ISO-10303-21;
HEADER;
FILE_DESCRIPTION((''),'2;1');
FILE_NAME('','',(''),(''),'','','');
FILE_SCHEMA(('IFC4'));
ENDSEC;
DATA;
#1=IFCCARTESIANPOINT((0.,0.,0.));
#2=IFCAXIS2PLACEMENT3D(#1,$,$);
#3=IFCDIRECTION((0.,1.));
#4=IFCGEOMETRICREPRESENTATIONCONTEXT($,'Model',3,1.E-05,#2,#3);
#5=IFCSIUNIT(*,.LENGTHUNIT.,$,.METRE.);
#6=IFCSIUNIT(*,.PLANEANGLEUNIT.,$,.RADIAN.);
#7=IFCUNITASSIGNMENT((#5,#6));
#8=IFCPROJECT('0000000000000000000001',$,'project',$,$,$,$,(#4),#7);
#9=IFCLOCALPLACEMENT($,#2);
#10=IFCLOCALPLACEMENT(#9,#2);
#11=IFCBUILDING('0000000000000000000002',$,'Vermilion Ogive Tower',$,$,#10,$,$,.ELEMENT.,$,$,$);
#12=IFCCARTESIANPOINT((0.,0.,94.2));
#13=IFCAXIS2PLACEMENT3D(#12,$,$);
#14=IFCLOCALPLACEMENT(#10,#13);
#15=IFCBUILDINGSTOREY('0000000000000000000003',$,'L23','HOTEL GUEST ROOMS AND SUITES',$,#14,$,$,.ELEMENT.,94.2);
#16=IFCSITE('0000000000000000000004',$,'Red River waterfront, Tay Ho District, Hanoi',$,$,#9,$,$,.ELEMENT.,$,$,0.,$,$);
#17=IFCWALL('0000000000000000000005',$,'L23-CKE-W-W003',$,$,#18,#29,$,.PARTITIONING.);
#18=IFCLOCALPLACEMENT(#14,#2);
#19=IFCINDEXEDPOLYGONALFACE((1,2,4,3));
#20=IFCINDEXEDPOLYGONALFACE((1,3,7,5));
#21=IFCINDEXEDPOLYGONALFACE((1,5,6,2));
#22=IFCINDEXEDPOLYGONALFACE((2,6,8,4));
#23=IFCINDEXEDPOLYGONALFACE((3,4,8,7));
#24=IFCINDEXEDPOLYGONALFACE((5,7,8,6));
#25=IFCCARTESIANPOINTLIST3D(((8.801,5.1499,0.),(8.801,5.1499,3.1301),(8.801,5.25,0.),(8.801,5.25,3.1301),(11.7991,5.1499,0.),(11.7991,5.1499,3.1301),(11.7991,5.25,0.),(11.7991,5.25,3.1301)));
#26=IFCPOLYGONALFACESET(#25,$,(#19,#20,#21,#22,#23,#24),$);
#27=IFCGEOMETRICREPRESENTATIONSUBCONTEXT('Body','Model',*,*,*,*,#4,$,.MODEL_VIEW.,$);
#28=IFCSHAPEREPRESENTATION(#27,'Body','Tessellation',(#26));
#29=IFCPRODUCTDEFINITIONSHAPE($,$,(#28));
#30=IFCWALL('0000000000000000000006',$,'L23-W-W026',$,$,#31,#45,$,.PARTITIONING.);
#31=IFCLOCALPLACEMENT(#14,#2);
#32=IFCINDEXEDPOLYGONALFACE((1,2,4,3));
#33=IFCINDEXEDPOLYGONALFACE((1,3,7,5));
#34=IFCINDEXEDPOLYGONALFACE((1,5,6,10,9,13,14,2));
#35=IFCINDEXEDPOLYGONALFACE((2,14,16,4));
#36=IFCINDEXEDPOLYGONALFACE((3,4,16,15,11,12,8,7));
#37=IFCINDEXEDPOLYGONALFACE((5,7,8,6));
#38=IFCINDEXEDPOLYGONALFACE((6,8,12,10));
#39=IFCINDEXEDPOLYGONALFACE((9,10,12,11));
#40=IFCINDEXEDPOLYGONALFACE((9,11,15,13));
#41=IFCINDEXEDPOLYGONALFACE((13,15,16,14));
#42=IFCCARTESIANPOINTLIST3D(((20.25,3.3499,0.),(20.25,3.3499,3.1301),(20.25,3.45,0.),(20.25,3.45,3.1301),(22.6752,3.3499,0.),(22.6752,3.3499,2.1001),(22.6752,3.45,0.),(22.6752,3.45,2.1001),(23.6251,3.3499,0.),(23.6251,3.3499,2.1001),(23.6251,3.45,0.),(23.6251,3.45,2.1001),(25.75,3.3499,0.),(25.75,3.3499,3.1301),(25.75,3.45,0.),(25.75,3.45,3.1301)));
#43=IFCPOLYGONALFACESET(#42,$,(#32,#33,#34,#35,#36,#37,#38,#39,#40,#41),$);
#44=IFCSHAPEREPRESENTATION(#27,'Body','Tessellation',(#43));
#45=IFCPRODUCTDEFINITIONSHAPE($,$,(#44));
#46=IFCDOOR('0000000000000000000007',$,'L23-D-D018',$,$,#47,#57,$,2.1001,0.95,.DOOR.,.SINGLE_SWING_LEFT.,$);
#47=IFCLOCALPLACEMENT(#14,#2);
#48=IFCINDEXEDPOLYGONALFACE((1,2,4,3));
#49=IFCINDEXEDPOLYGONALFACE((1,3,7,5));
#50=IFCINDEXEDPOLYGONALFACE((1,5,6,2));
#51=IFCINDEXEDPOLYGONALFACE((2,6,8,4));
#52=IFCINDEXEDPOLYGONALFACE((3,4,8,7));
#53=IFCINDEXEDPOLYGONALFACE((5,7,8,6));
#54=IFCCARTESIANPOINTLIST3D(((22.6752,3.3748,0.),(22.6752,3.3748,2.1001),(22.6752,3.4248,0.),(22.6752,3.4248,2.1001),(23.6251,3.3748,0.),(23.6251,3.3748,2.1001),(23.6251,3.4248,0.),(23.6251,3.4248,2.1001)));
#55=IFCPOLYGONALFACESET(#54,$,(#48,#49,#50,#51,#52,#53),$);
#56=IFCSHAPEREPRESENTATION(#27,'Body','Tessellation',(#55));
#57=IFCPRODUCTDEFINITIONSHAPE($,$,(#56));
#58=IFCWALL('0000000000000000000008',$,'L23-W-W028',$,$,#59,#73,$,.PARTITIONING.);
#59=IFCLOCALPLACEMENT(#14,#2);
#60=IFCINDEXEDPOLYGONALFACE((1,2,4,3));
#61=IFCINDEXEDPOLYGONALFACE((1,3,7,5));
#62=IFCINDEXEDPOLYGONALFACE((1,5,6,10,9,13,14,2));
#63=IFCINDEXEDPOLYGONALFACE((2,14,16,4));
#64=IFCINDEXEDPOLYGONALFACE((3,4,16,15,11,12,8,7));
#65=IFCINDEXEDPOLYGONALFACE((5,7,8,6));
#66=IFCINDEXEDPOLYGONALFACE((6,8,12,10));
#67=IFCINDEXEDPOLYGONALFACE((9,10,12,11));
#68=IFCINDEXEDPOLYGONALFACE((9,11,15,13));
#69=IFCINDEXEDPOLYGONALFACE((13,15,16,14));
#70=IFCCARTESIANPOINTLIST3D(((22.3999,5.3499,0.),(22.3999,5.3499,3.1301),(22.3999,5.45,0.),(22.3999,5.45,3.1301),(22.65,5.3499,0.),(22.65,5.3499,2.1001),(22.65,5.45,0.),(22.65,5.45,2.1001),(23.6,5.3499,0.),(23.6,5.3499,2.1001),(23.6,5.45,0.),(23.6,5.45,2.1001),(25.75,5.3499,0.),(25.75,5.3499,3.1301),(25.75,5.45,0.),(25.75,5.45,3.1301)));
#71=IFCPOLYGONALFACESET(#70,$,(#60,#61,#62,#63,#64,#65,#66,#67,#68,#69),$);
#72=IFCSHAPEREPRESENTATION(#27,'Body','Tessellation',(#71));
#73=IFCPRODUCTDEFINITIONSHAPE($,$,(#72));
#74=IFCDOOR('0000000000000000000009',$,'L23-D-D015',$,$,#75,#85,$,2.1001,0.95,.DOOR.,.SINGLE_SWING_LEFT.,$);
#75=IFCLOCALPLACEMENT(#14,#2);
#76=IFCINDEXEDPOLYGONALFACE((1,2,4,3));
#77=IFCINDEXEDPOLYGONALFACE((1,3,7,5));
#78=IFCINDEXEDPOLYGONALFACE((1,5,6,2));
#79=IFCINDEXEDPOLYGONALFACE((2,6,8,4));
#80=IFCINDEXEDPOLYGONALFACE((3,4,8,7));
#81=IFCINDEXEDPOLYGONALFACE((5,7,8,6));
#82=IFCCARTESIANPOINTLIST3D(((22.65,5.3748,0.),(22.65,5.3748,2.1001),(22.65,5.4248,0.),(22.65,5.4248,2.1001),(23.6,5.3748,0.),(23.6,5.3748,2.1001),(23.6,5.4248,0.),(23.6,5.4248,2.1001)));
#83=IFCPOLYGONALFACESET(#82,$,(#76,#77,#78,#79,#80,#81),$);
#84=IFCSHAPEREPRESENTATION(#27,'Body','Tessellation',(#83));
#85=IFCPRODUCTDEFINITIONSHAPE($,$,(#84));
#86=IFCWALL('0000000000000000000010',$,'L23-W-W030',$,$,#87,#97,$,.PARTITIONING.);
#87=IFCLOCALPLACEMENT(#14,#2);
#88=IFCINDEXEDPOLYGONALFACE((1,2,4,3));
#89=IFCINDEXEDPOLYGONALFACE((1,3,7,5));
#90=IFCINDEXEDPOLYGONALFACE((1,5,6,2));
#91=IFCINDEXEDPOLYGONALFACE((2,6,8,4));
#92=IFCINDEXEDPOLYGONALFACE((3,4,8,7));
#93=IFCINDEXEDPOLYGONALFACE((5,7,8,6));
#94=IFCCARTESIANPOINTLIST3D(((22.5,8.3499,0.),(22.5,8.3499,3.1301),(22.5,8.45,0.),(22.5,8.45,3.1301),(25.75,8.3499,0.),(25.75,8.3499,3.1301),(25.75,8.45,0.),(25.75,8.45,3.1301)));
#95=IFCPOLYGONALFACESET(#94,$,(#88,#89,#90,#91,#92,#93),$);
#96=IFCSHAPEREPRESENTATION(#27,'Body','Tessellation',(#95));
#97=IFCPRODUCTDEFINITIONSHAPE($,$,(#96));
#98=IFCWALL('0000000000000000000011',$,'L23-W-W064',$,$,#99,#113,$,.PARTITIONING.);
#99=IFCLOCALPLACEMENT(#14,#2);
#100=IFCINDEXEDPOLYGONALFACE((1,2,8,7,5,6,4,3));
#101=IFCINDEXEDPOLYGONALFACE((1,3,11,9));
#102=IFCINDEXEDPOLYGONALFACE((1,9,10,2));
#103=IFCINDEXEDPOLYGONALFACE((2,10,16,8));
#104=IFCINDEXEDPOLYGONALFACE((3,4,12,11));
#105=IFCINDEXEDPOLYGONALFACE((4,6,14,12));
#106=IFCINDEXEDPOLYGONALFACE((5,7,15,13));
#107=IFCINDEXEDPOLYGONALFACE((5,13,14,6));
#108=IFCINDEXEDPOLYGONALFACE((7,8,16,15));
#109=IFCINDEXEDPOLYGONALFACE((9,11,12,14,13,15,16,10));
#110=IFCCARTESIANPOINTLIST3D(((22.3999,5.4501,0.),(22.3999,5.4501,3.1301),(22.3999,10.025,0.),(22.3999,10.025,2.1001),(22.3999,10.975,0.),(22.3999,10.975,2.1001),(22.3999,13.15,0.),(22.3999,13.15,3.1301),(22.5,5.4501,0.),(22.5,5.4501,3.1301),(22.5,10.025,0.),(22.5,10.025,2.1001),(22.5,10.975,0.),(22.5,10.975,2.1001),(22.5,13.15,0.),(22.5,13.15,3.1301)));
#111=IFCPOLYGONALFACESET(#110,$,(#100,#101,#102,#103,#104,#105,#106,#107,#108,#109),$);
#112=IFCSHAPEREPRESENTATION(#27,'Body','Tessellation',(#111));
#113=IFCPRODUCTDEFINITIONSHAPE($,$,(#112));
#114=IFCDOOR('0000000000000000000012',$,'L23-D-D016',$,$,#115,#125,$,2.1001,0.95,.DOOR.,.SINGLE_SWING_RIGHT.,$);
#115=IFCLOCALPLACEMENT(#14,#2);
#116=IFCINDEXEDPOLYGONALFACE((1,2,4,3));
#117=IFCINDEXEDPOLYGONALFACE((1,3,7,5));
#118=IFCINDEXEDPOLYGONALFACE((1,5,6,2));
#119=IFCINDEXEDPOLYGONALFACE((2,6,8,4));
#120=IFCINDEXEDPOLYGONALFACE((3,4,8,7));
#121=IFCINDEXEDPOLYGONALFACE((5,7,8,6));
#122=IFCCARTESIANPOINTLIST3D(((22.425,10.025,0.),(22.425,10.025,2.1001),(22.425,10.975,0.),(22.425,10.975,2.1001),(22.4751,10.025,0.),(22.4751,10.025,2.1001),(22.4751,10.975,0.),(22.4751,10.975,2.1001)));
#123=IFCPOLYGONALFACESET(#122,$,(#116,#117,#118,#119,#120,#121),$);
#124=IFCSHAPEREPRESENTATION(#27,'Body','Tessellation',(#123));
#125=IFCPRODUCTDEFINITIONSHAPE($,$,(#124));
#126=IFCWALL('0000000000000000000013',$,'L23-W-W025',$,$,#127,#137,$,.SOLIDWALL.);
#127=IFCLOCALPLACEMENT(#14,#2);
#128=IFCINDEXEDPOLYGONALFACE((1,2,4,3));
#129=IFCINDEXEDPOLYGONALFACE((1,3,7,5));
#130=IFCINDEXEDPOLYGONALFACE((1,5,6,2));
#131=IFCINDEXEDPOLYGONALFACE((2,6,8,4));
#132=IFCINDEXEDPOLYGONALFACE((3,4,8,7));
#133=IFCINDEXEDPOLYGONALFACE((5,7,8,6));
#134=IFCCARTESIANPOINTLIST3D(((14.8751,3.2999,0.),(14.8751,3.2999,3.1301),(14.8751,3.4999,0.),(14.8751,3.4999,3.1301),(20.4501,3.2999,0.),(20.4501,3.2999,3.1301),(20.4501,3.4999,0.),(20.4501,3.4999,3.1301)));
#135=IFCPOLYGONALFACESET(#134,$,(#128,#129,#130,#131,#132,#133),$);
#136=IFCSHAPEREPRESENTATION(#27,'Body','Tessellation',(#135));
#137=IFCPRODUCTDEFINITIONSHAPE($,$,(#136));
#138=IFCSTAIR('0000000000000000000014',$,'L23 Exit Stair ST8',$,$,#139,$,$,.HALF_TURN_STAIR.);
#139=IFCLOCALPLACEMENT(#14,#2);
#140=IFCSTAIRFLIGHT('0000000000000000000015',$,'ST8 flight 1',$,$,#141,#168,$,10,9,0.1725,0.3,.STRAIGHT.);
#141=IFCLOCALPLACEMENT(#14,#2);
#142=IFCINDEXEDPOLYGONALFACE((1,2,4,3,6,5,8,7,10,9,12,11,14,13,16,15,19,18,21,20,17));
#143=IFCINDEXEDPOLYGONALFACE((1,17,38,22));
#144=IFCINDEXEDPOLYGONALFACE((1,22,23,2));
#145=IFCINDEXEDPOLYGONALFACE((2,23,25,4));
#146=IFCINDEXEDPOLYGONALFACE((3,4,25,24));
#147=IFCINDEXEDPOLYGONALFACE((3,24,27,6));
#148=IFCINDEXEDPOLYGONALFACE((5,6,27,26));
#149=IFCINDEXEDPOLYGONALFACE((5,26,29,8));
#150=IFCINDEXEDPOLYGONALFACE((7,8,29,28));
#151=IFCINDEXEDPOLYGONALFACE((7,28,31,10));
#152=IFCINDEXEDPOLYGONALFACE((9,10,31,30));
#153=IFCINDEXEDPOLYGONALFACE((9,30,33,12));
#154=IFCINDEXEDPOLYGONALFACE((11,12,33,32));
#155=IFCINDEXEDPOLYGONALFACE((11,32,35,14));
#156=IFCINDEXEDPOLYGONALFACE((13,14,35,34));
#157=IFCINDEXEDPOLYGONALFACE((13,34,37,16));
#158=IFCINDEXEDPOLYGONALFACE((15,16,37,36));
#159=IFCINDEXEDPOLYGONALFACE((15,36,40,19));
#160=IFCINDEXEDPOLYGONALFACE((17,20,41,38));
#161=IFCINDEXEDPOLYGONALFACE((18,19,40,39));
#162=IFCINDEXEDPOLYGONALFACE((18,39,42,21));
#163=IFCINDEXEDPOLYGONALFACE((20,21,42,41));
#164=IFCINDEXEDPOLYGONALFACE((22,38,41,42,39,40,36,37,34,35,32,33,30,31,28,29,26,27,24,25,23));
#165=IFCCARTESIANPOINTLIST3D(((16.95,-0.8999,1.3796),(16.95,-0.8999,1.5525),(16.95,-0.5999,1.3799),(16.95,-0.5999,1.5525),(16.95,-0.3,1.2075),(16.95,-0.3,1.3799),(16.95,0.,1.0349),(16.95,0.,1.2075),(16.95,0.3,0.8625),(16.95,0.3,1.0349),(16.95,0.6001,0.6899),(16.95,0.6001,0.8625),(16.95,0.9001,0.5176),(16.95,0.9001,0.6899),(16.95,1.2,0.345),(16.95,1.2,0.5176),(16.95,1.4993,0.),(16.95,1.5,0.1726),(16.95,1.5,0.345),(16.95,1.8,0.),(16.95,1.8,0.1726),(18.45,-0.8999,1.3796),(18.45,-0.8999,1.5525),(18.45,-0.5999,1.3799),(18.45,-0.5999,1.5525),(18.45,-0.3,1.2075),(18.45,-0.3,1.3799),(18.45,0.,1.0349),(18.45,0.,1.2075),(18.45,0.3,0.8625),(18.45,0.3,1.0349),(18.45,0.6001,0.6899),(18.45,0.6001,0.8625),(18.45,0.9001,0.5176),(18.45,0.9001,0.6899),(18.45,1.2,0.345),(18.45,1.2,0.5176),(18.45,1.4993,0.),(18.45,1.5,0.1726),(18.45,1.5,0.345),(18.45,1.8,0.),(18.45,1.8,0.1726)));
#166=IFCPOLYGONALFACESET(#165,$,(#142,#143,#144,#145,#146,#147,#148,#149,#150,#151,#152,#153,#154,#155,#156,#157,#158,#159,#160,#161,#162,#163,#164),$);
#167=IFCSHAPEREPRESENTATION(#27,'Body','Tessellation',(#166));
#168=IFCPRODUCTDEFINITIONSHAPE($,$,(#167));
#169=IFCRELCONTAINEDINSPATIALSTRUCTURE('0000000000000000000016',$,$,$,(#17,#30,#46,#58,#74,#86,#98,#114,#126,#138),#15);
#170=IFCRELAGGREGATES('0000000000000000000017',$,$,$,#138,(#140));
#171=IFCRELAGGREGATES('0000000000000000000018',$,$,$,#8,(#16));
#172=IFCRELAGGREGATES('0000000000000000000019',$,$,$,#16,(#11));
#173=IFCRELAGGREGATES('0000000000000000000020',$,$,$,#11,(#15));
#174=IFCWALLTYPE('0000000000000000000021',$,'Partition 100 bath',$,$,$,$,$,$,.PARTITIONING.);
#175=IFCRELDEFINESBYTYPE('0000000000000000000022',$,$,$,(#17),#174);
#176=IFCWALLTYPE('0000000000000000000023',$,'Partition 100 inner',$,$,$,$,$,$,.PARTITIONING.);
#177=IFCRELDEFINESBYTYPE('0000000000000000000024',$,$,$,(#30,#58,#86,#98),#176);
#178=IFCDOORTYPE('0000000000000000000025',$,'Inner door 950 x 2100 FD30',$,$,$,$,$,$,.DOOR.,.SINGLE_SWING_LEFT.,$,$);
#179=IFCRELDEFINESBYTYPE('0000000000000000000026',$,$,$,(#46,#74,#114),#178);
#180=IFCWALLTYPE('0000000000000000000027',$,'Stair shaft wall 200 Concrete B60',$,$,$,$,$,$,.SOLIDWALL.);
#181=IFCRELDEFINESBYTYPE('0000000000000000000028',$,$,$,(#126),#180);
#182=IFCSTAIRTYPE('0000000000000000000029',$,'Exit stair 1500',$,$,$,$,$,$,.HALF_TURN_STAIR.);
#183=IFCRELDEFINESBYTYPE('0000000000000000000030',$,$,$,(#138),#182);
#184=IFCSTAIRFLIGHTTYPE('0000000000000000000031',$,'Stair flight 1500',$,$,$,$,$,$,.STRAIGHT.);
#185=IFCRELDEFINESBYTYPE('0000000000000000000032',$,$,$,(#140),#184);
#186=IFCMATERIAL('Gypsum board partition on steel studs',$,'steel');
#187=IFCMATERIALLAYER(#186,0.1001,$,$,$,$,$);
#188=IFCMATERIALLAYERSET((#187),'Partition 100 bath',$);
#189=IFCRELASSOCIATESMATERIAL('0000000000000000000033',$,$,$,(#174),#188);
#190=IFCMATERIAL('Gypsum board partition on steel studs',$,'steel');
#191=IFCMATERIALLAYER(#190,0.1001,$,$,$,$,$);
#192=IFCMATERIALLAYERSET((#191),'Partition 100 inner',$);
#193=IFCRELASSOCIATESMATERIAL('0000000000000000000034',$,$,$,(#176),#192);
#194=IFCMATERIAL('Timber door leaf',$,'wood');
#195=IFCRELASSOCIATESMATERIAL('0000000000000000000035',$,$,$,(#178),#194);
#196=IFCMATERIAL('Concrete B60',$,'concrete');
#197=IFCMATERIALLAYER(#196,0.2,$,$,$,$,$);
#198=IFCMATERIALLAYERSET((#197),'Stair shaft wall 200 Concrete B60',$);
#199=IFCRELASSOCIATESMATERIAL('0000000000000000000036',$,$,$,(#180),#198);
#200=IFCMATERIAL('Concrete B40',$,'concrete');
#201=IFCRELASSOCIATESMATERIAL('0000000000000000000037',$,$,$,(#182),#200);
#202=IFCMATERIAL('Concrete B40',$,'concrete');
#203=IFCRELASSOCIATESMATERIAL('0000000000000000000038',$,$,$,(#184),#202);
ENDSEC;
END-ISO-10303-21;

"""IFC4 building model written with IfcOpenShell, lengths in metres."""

from ifc_helpers import new_model, si_unit, direction, frame, frame_2d, origin, place, context, subcontext, project, spatial, polyline, rectangle, outline, extrude, material, layer, layer_set, type_object, element, fill, aggregate, save


model = new_model("IFC4")

# Units and contexts
model_context = context("Model", 3, precision=1e-05, world=origin(), true_north=direction((0.0, 1.0)))
body_context = subcontext(model_context, "Body", "Model", "MODEL_VIEW")
ifc_project = project(units=[si_unit("LENGTHUNIT", "METRE"), si_unit("PLANEANGLEUNIT", "RADIAN")], contexts=[model_context])

# Site, building, storey
site_placement = place(None, origin())
site = spatial("IfcSite", under=ifc_project, at=site_placement, Name="Red River waterfront, Tay Ho District, Hanoi", CompositionType="ELEMENT", RefElevation=0.0)
building_placement = place(site_placement, origin())
building = spatial("IfcBuilding", under=site, at=building_placement, Name="Vermilion Ogive Tower", CompositionType="ELEMENT")
storey_placement = place(building_placement, frame((0.0, 0.0, 94.2)))
storey = spatial("IfcBuildingStorey", under=building, at=storey_placement, Name="L23", Description="HOTEL GUEST ROOMS AND SUITES", CompositionType="ELEMENT", Elevation=94.2)

# Wall
ifc_material_1 = material(Name="Gypsum board partition on steel studs", Category="steel")
ifc_layer_1 = layer(ifc_material_1, 0.1001)
ifc_layer_set_1 = layer_set([ifc_layer_1], Name="Partition 100 bath")
wall_type_1 = type_object("IfcWallType", Name="Partition 100 bath", PredefinedType="PARTITIONING", material=ifc_layer_set_1)
wall_1_placement = place(storey_placement, frame((8.801, 5.2, 0.0), z_axis=(0.0, 0.0, 1.0), x_axis=(1.0, 0.0, 0.0)))
element("IfcWall", 1, at=wall_1_placement, inside=storey, type_object=wall_type_1, Name="L23-CKE-W-W003", PredefinedType="PARTITIONING", context=body_context, shape_type="SweptSolid", body=[
    extrude(rectangle(XDim=2.998, YDim=0.1001, at=frame_2d((1.499, 0.0))), origin(), (0.0, 0.0, 1.0), 3.1301),
])

# Walls, openings, doors
ifc_material_2 = material(Name="Gypsum board partition on steel studs", Category="steel")
ifc_layer_2 = layer(ifc_material_2, 0.1001)
ifc_layer_set_2 = layer_set([ifc_layer_2], Name="Partition 100 inner")
wall_type_2 = type_object("IfcWallType", Name="Partition 100 inner", PredefinedType="PARTITIONING", material=ifc_layer_set_2)
wall_2_placement = place(storey_placement, frame((20.25, 3.3999, 0.0), z_axis=(0.0, 0.0, 1.0), x_axis=(1.0, 0.0, 0.0)))
wall_2 = element("IfcWall", 2, at=wall_2_placement, inside=storey, type_object=wall_type_2, Name="L23-W-W026", PredefinedType="PARTITIONING", context=body_context, shape_type="SweptSolid", body=[
    extrude(rectangle(XDim=5.5, YDim=0.1001, at=frame_2d((2.75, 0.0))), origin(), (0.0, 0.0, 1.0), 3.1301),
])
opening_1_placement = place(wall_2_placement, frame((2.425, 0.0, 0.0)))
opening_1 = element("IfcOpeningElement", 3, at=opening_1_placement, cuts=wall_2, PredefinedType="OPENING", context=body_context, shape_type="SweptSolid", body=[
    extrude(rectangle(XDim=0.95, YDim=2.1001, at=frame_2d((0.4751, 1.05))), frame((0.0, 0.0601, 0.0), z_axis=(0.0, -1.0, 0.0), x_axis=(1.0, 0.0, 0.0)), (0.0, 0.0, 1.0), 0.1201),
])
ifc_material_3 = material(Name="Timber door leaf", Category="wood")
door_type = type_object("IfcDoorType", Name="Inner door 950 x 2100 FD30", OperationType="SINGLE_SWING_LEFT", PredefinedType="DOOR", material=ifc_material_3)
door_1_placement = place(opening_1_placement, origin())
door_1 = element("IfcDoor", 4, at=door_1_placement, inside=storey, type_object=door_type, Name="L23-D-D018", OperationType="SINGLE_SWING_LEFT", OverallHeight=2.1001, OverallWidth=0.95, PredefinedType="DOOR", context=body_context, shape_type="SweptSolid", body=[
    extrude(rectangle(XDim=0.95, YDim=2.1001, at=frame_2d((0.4751, 1.05))), frame((0.0, 0.0249, 0.0), z_axis=(0.0, -1.0, 0.0), x_axis=(1.0, 0.0, 0.0)), (0.0, 0.0, 1.0), 0.05),
])
fill(opening_1, door_1)
wall_3_placement = place(storey_placement, frame((22.3999, 5.3999, 0.0), z_axis=(0.0, 0.0, 1.0), x_axis=(1.0, 0.0, 0.0)))
wall_3 = element("IfcWall", 5, at=wall_3_placement, inside=storey, type_object=wall_type_2, Name="L23-W-W028", PredefinedType="PARTITIONING", context=body_context, shape_type="SweptSolid", body=[
    extrude(rectangle(XDim=3.3501, YDim=0.1001, at=frame_2d((1.675, 0.0))), origin(), (0.0, 0.0, 1.0), 3.1301),
])
opening_2_placement = place(wall_3_placement, frame((0.25, 0.0, 0.0)))
opening_2 = element("IfcOpeningElement", 6, at=opening_2_placement, cuts=wall_3, PredefinedType="OPENING", context=body_context, shape_type="SweptSolid", body=[
    extrude(rectangle(XDim=0.95, YDim=2.1001, at=frame_2d((0.4751, 1.05))), frame((0.0, 0.0601, 0.0), z_axis=(0.0, -1.0, 0.0), x_axis=(1.0, 0.0, 0.0)), (0.0, 0.0, 1.0), 0.1201),
])
door_2_placement = place(opening_2_placement, origin())
door_2 = element("IfcDoor", 7, at=door_2_placement, inside=storey, type_object=door_type, Name="L23-D-D015", OperationType="SINGLE_SWING_LEFT", OverallHeight=2.1001, OverallWidth=0.95, PredefinedType="DOOR", context=body_context, shape_type="SweptSolid", body=[
    extrude(rectangle(XDim=0.95, YDim=2.1001, at=frame_2d((0.4751, 1.05))), frame((0.0, 0.0249, 0.0), z_axis=(0.0, -1.0, 0.0), x_axis=(1.0, 0.0, 0.0)), (0.0, 0.0, 1.0), 0.05),
])
fill(opening_2, door_2)

# Wall
wall_4_placement = place(storey_placement, frame((22.5, 8.3999, 0.0), z_axis=(0.0, 0.0, 1.0), x_axis=(1.0, 0.0, 0.0)))
element("IfcWall", 8, at=wall_4_placement, inside=storey, type_object=wall_type_2, Name="L23-W-W030", PredefinedType="PARTITIONING", context=body_context, shape_type="SweptSolid", body=[
    extrude(rectangle(XDim=3.25, YDim=0.1001, at=frame_2d((1.625, 0.0))), origin(), (0.0, 0.0, 1.0), 3.1301),
])

# Wall, opening, door
wall_5_placement = place(storey_placement, frame((22.45, 5.45, 0.0), z_axis=(0.0, 0.0, 1.0), x_axis=(0.0, 1.0, 0.0)))
wall_5 = element("IfcWall", 9, at=wall_5_placement, inside=storey, type_object=wall_type_2, Name="L23-W-W064", PredefinedType="PARTITIONING", context=body_context, shape_type="SweptSolid", body=[
    extrude(rectangle(XDim=7.7, YDim=0.1001, at=frame_2d((3.8501, 0.0))), origin(), (0.0, 0.0, 1.0), 3.1301),
])
opening_3_placement = place(wall_5_placement, frame((4.575, 0.0, 0.0)))
opening_3 = element("IfcOpeningElement", 10, at=opening_3_placement, cuts=wall_5, PredefinedType="OPENING", context=body_context, shape_type="SweptSolid", body=[
    extrude(rectangle(XDim=0.95, YDim=2.1001, at=frame_2d((0.4751, 1.05))), frame((0.0, 0.0601, 0.0), z_axis=(0.0, -1.0, 0.0), x_axis=(1.0, 0.0, 0.0)), (0.0, 0.0, 1.0), 0.1201),
])
door_3_placement = place(opening_3_placement, origin())
door_3 = element("IfcDoor", 11, at=door_3_placement, inside=storey, type_object=door_type, Name="L23-D-D016", OperationType="SINGLE_SWING_RIGHT", OverallHeight=2.1001, OverallWidth=0.95, PredefinedType="DOOR", context=body_context, shape_type="SweptSolid", body=[
    extrude(rectangle(XDim=0.95, YDim=2.1001, at=frame_2d((0.4751, 1.05))), frame((0.0, 0.0249, 0.0), z_axis=(0.0, -1.0, 0.0), x_axis=(1.0, 0.0, 0.0)), (0.0, 0.0, 1.0), 0.05),
])
fill(opening_3, door_3)

# Wall
ifc_material_4 = material(Name="Concrete B60", Category="concrete")
ifc_layer_3 = layer(ifc_material_4, 0.2)
ifc_layer_set_3 = layer_set([ifc_layer_3], Name="Stair shaft wall 200 Concrete B60")
wall_type_3 = type_object("IfcWallType", Name="Stair shaft wall 200 Concrete B60", PredefinedType="SOLIDWALL", material=ifc_layer_set_3)
wall_6_placement = place(storey_placement, frame((14.875, 3.3999, 0.0), z_axis=(0.0, 0.0, 1.0), x_axis=(1.0, 0.0, 0.0)))
element("IfcWall", 12, at=wall_6_placement, inside=storey, type_object=wall_type_3, Name="L23-W-W025", PredefinedType="SOLIDWALL", context=body_context, shape_type="SweptSolid", body=[
    extrude(rectangle(XDim=5.575, YDim=0.2, at=frame_2d((2.7876, 0.0))), origin(), (0.0, 0.0, 1.0), 3.1301),
])

# Stair, stair flight
ifc_material_5 = material(Name="Concrete B40", Category="concrete")
stair_type = type_object("IfcStairType", Name="Exit stair 1500", PredefinedType="HALF_TURN_STAIR", material=ifc_material_5)
stair_placement = place(storey_placement, origin())
stair = element("IfcStair", 13, at=stair_placement, inside=storey, type_object=stair_type, Name="L23 Exit Stair ST8", PredefinedType="HALF_TURN_STAIR")
ifc_material_6 = material(Name="Concrete B40", Category="concrete")
stair_flight_type = type_object("IfcStairFlightType", Name="Stair flight 1500", PredefinedType="STRAIGHT", material=ifc_material_6)
stair_flight_placement = place(storey_placement, frame((17.7, 1.8, 0.0), z_axis=(0.0, 0.0, 1.0), x_axis=(0.0, -1.0, 0.0)))
stair_flight = element("IfcStairFlight", 14, at=stair_flight_placement, type_object=stair_flight_type, Name="ST8 flight 1", NumberOfRisers=10, NumberOfTreads=9, PredefinedType="STRAIGHT", RiserHeight=0.1725, TreadLength=0.3, context=body_context, shape_type="SweptSolid", body=[
    extrude(outline(polyline([(0.0, 0.0), (0.0, 0.1726), (0.3, 0.1726), (0.3, 0.345), (0.6001, 0.345), (0.6001, 0.5176), (0.8999, 0.5176), (0.8999, 0.6899), (1.2, 0.6899), (1.2, 0.8625), (1.5, 0.8625), (1.5, 1.0349), (1.8, 1.0349), (1.8, 1.2075), (2.1001, 1.2075), (2.1001, 1.3799), (2.3999, 1.3799), (2.3999, 1.5525), (2.7, 1.5525), (2.7, 1.7251), (2.7, 1.3796), (0.3008, 0.0), (0.0, 0.0)])), frame((0.0, 0.75, 0.0), z_axis=(0.0, -1.0, 0.0), x_axis=(1.0, 0.0, 0.0)), (0.0, 0.0, 1.0), 1.5),
])
aggregate(stair, [stair_flight])

save(model, "model.ifc")
